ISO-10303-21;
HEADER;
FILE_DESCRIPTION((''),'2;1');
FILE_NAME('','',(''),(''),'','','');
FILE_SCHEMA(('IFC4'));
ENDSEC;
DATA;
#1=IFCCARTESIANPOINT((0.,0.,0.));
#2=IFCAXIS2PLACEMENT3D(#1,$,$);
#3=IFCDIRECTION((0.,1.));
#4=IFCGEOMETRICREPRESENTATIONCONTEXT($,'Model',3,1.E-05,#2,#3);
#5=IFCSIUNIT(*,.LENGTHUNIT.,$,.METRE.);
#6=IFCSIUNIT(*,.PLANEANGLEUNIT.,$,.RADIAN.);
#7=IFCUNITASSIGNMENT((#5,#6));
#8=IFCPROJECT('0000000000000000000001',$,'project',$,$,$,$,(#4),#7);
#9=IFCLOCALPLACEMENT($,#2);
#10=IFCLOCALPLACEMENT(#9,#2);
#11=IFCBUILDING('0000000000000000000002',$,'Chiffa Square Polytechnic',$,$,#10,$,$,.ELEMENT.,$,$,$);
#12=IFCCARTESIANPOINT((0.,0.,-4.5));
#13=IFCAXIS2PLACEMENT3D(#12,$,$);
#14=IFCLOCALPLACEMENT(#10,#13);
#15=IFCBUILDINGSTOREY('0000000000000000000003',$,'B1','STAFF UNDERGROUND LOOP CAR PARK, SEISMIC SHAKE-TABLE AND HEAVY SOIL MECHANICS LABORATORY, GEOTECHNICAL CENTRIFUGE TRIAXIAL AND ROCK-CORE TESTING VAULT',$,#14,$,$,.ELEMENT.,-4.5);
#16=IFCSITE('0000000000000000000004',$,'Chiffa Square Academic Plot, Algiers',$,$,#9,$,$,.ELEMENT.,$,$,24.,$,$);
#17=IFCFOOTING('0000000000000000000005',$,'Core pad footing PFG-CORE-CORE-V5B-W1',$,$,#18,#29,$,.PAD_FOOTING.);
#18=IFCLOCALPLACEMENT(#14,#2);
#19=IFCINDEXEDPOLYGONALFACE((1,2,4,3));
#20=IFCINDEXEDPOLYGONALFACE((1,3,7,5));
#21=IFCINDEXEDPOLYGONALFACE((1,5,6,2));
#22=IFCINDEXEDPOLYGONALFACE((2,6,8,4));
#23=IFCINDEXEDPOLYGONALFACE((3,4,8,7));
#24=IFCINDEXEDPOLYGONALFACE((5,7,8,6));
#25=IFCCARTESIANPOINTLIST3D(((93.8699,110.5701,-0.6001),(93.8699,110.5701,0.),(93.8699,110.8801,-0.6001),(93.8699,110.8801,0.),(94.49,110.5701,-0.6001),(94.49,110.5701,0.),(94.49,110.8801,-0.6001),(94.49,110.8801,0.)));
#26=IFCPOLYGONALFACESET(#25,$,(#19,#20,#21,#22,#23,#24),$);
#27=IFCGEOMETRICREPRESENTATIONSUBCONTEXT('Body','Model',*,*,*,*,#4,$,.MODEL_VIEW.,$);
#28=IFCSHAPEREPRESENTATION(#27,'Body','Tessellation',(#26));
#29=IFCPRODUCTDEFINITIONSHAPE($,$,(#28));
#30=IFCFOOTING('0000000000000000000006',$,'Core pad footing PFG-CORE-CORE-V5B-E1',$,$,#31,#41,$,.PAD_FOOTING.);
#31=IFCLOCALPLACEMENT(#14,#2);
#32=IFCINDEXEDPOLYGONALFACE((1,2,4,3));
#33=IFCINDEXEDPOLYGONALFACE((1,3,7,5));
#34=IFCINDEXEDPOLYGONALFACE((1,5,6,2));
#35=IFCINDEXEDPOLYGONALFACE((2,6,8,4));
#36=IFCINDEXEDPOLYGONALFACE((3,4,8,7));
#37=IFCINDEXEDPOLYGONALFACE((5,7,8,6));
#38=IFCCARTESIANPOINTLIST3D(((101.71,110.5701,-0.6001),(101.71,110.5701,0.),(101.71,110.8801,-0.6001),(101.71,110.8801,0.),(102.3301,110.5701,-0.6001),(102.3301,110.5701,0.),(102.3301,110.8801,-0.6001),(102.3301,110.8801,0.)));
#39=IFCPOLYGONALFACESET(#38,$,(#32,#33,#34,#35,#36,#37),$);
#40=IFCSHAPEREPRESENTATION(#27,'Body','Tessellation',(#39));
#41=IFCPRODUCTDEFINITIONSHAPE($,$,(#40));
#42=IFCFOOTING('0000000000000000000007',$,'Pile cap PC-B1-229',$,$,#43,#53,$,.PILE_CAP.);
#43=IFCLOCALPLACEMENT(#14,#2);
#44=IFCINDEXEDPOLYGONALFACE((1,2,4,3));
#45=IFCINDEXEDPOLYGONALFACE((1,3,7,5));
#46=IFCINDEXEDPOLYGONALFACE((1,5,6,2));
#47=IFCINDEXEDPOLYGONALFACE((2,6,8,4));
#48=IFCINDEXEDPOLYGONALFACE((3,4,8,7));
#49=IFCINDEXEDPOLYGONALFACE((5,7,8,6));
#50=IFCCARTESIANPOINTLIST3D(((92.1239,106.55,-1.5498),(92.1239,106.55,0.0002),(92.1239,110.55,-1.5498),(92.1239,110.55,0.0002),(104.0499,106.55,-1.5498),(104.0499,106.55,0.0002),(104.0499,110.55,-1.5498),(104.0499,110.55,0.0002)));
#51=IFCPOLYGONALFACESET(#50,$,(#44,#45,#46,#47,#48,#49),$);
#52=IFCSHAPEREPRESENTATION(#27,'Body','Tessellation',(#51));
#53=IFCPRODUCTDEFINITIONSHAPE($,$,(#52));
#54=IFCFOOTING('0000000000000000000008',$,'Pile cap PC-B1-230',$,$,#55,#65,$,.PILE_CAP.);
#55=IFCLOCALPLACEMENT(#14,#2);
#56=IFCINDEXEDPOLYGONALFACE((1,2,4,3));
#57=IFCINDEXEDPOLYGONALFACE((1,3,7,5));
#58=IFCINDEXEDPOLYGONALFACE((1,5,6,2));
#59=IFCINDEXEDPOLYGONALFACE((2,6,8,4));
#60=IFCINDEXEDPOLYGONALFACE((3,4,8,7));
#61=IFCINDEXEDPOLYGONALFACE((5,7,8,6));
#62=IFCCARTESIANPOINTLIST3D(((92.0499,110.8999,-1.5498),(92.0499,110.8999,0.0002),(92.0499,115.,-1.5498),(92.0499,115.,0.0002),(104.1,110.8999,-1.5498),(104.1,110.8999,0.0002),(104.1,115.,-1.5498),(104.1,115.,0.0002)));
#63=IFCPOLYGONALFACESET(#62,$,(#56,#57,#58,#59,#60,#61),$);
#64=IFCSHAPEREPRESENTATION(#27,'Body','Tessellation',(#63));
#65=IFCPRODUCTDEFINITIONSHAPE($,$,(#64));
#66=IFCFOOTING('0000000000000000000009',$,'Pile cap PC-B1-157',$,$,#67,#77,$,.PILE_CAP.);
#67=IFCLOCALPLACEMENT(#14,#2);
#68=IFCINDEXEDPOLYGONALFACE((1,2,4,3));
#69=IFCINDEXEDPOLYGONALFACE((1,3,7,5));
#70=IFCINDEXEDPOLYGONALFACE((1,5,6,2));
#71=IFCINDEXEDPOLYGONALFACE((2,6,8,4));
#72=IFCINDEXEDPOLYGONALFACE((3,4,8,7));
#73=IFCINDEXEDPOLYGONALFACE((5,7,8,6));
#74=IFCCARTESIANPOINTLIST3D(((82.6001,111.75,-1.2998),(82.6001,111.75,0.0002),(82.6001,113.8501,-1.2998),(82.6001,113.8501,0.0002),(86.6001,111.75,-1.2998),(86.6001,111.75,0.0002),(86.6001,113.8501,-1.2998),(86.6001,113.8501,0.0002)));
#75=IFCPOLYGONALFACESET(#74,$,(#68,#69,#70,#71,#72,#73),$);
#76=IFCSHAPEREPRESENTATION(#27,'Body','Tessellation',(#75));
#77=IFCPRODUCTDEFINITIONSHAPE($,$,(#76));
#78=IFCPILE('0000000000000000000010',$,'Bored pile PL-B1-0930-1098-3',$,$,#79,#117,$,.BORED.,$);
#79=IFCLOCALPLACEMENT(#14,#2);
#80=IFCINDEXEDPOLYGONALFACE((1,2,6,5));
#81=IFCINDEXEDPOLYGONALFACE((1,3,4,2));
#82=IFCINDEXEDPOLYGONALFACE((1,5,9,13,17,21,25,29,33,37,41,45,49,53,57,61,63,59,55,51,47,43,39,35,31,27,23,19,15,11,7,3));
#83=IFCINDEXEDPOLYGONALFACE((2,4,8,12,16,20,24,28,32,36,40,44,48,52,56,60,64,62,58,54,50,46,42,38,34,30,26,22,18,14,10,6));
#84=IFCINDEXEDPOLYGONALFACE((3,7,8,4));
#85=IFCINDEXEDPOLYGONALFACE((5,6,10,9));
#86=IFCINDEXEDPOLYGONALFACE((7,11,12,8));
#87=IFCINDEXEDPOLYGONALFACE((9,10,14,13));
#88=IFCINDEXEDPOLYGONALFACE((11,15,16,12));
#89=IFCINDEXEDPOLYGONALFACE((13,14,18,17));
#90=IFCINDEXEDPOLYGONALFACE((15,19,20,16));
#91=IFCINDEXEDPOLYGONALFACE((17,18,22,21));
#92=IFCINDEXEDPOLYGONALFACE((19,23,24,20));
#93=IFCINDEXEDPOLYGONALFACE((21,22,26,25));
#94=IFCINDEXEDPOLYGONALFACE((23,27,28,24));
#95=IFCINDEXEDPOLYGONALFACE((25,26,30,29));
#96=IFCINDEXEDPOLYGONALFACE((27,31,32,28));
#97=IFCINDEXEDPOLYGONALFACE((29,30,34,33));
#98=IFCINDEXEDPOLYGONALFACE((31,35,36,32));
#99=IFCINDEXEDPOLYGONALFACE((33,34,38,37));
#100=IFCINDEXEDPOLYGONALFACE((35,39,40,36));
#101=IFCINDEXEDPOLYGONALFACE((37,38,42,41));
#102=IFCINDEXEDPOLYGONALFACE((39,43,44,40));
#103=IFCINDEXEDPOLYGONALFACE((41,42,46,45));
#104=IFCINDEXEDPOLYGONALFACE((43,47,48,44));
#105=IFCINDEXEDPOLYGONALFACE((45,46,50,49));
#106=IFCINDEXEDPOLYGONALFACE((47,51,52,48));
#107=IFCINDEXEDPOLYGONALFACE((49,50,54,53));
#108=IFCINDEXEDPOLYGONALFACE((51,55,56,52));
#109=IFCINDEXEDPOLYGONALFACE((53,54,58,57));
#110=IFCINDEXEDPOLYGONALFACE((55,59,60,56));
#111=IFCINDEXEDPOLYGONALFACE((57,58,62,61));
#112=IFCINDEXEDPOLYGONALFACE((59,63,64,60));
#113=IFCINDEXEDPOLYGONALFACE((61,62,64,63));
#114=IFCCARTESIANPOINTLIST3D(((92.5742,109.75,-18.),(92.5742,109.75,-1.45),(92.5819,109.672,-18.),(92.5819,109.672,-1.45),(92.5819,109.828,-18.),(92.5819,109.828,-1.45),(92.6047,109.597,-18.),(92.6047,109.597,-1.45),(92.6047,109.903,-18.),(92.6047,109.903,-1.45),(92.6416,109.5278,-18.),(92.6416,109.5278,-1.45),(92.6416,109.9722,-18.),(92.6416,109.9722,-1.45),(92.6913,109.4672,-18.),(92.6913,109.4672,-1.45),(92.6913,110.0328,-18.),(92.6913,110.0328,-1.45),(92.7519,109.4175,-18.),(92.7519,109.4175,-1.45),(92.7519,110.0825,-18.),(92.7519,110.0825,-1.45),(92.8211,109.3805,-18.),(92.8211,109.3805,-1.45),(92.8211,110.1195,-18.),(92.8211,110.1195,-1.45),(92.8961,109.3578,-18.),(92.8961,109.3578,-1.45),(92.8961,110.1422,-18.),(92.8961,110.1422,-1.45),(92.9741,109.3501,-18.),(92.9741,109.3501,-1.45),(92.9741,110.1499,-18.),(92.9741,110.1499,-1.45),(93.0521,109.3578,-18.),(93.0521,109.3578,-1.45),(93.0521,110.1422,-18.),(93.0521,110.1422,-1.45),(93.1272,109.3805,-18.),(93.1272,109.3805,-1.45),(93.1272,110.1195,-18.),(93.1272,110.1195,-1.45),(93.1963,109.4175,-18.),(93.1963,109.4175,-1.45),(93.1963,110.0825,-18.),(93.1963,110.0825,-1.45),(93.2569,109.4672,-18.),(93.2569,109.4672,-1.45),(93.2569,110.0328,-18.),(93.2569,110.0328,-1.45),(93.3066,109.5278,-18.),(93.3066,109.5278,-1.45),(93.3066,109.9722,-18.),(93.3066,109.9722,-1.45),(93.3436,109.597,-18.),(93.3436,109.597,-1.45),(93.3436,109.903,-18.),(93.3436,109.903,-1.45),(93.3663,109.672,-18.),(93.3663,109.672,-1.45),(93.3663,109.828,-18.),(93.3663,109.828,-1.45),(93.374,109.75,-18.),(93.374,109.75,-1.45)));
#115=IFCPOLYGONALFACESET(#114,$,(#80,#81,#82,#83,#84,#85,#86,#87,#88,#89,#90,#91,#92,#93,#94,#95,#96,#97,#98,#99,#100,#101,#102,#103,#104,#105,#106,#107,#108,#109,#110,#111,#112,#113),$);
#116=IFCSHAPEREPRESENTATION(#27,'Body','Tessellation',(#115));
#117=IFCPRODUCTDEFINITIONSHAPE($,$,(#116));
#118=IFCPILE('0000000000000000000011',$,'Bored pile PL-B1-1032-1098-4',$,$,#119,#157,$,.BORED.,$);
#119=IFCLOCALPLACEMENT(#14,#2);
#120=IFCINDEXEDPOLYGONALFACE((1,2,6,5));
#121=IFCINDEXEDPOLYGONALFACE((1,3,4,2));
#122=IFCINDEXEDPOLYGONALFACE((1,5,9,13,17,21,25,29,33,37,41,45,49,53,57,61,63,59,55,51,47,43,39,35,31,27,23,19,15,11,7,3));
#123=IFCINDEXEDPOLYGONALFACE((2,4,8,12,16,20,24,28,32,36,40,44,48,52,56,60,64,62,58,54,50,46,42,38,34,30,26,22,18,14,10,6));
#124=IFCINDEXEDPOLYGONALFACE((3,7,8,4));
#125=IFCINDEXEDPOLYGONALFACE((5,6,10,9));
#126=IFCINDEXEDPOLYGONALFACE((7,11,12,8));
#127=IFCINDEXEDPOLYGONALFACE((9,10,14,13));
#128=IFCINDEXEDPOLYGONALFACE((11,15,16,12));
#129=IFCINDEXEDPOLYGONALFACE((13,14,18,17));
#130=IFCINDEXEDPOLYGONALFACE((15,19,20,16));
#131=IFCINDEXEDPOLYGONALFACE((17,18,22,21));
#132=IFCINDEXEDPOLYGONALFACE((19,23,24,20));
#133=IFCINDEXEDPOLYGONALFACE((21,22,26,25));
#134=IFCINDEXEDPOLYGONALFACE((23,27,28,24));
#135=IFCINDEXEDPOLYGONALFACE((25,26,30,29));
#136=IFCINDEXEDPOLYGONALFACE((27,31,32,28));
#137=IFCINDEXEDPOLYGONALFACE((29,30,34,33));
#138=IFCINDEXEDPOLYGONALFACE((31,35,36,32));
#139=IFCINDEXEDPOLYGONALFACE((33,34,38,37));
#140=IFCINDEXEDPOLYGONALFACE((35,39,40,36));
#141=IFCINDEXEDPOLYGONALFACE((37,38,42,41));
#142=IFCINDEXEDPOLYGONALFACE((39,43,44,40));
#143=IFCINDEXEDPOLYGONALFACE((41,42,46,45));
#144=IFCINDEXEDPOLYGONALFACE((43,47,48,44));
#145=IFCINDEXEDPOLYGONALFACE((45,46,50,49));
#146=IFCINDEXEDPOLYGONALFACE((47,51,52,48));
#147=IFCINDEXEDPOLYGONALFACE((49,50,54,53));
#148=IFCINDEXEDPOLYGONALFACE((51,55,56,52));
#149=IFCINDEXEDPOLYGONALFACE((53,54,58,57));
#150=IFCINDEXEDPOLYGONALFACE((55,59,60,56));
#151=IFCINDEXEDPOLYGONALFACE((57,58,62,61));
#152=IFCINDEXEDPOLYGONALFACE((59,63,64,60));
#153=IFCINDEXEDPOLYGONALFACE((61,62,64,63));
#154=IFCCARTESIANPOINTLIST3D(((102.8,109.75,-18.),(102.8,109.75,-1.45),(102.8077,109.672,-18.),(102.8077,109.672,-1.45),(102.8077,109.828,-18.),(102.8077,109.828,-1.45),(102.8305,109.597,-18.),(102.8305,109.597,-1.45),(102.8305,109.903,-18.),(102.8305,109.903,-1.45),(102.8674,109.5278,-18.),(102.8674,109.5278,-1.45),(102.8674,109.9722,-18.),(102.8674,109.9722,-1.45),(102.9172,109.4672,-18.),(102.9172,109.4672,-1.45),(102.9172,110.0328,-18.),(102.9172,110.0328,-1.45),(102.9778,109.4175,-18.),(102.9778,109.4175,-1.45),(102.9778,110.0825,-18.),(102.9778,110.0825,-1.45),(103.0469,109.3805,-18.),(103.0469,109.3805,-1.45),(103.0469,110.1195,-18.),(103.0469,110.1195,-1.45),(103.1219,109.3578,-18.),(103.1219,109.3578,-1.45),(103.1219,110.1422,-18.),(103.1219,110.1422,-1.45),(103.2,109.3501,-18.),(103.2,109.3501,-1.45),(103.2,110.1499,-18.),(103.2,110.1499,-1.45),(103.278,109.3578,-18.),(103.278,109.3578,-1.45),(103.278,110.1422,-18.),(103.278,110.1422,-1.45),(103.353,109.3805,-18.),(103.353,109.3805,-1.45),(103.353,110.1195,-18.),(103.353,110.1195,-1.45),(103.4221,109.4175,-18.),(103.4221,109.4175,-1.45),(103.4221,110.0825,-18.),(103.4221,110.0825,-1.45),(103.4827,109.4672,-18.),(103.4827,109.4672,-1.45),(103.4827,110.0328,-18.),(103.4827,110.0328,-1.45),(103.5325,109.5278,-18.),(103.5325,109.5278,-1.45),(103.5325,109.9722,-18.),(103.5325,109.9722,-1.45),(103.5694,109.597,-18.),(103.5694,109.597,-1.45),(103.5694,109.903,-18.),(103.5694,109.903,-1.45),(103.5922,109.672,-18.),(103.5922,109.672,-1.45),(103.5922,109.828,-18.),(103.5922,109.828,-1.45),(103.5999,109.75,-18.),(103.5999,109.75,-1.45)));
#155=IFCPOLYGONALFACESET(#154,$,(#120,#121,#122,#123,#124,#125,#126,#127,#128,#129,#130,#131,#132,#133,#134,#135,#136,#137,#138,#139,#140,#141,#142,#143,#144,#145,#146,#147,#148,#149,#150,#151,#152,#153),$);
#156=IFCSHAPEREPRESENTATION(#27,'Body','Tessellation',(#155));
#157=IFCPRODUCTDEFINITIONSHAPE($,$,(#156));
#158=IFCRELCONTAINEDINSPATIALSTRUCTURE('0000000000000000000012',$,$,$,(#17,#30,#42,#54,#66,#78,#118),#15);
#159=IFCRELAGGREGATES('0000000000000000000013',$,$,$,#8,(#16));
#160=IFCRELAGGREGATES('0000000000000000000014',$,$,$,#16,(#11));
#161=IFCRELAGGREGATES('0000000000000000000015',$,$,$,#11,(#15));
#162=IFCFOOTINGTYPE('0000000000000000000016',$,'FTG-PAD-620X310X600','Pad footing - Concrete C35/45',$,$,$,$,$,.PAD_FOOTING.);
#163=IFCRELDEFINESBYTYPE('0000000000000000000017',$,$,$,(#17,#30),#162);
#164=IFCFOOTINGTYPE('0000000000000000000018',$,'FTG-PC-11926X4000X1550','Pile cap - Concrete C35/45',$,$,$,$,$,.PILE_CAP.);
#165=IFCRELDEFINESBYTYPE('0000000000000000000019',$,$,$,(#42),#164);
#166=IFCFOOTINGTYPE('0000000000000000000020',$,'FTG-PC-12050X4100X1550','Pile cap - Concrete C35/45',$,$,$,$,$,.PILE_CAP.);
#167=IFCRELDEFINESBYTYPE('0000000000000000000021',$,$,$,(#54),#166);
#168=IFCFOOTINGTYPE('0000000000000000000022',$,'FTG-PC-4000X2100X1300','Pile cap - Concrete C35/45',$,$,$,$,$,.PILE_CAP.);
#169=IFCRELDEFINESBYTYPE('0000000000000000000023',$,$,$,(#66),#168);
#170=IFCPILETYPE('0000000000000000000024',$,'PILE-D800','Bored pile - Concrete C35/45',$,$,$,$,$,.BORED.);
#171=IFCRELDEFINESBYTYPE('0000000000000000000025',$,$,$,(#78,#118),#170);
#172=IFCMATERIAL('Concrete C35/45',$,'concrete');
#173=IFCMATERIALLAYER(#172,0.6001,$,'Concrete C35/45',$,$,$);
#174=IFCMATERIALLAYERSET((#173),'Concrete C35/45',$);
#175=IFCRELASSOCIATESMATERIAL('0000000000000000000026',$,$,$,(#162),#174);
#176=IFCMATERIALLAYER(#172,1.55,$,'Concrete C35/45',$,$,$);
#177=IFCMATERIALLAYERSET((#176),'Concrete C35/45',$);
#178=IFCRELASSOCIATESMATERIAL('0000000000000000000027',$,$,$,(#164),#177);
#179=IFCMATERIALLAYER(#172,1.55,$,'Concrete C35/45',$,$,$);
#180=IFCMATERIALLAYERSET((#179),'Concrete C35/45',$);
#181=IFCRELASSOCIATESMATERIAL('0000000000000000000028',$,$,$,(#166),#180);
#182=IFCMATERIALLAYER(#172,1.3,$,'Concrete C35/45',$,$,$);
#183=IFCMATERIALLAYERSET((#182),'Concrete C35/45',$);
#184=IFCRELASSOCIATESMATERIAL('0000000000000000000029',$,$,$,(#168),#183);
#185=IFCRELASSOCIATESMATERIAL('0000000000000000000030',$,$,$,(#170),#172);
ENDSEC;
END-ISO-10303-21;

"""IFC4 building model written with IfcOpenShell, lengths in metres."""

from ifc_helpers import new_model, si_unit, direction, frame, origin, origin_2d, place, context, subcontext, project, spatial, rectangle, circle, extrude, material, layer, layer_set, material_profile, profile_set, type_object, element, save


model = new_model("IFC4")

# Units and contexts
model_context = context("Model", 3, precision=1e-05, world=origin(), true_north=direction((0.0, 1.0)))
body_context = subcontext(model_context, "Body", "Model", "MODEL_VIEW")
ifc_project = project(units=[si_unit("LENGTHUNIT", "METRE"), si_unit("PLANEANGLEUNIT", "RADIAN")], contexts=[model_context])

# Site, building, storey
site_placement = place(None, origin())
site = spatial("IfcSite", under=ifc_project, at=site_placement, Name="Chiffa Square Academic Plot, Algiers", CompositionType="ELEMENT", RefElevation=24.0)
building_placement = place(site_placement, origin())
building = spatial("IfcBuilding", under=site, at=building_placement, Name="Chiffa Square Polytechnic", CompositionType="ELEMENT")
storey_placement = place(building_placement, frame((0.0, 0.0, -4.5)))
storey = spatial("IfcBuildingStorey", under=building, at=storey_placement, Name="B1", Description="STAFF UNDERGROUND LOOP CAR PARK, SEISMIC SHAKE-TABLE AND HEAVY SOIL MECHANICS LABORATORY, GEOTECHNICAL CENTRIFUGE TRIAXIAL AND ROCK-CORE TESTING VAULT", CompositionType="ELEMENT", Elevation=-4.5)

# Footings
ifc_material_1 = material(Name="Concrete C35/45", Category="concrete")
ifc_layer_1 = layer(ifc_material_1, 0.6001, Name="Concrete C35/45")
ifc_layer_set_1 = layer_set([ifc_layer_1], Name="Concrete C35/45")
footing_type_1 = type_object("IfcFootingType", Name="FTG-PAD-620X310X600", Description="Pad footing - Concrete C35/45", PredefinedType="PAD_FOOTING", material=ifc_layer_set_1)
for number, where, z_axis, x_axis, name in (
    (1, (94.1799, 110.7251, -0.6001), (0.0, 0.0, 1.0), (1.0, 0.0, 0.0), "Core pad footing PFG-CORE-CORE-V5B-W1"),
    (2, (102.02, 110.7251, -0.6001), (0.0, 0.0, 1.0), (1.0, 0.0, 0.0), "Core pad footing PFG-CORE-CORE-V5B-E1"),
):
    element("IfcFooting", number, at=place(storey_placement, frame(where, z_axis=z_axis, x_axis=x_axis)), inside=storey, type_object=footing_type_1, Name=name, PredefinedType="PAD_FOOTING", context=body_context, shape_type="SweptSolid", body=[
        extrude(rectangle(XDim=0.6201, YDim=0.3101, at=origin_2d()), origin(), (0.0, 0.0, 1.0), 0.6001),
    ])
ifc_layer_2 = layer(ifc_material_1, 1.55, Name="Concrete C35/45")
ifc_layer_set_2 = layer_set([ifc_layer_2], Name="Concrete C35/45")
footing_type_2 = type_object("IfcFootingType", Name="FTG-PC-11926X4000X1550", Description="Pile cap - Concrete C35/45", PredefinedType="PILE_CAP", material=ifc_layer_set_2)
footing_1_placement = place(storey_placement, frame((98.0869, 108.55, -1.5498), z_axis=(0.0, 0.0, 1.0), x_axis=(1.0, 0.0, 0.0)))
element("IfcFooting", 3, at=footing_1_placement, inside=storey, type_object=footing_type_2, Name="Pile cap PC-B1-229", PredefinedType="PILE_CAP", context=body_context, shape_type="SweptSolid", body=[
    extrude(rectangle(XDim=11.926, YDim=4.0, at=origin_2d()), origin(), (0.0, 0.0, 1.0), 1.55),
])
ifc_layer_3 = layer(ifc_material_1, 1.55, Name="Concrete C35/45")
ifc_layer_set_3 = layer_set([ifc_layer_3], Name="Concrete C35/45")
footing_type_3 = type_object("IfcFootingType", Name="FTG-PC-12050X4100X1550", Description="Pile cap - Concrete C35/45", PredefinedType="PILE_CAP", material=ifc_layer_set_3)
footing_2_placement = place(storey_placement, frame((98.075, 112.95, -1.5498), z_axis=(0.0, 0.0, 1.0), x_axis=(1.0, 0.0, 0.0)))
element("IfcFooting", 4, at=footing_2_placement, inside=storey, type_object=footing_type_3, Name="Pile cap PC-B1-230", PredefinedType="PILE_CAP", context=body_context, shape_type="SweptSolid", body=[
    extrude(rectangle(XDim=12.05, YDim=4.1001, at=origin_2d()), origin(), (0.0, 0.0, 1.0), 1.55),
])
ifc_layer_4 = layer(ifc_material_1, 1.3, Name="Concrete C35/45")
ifc_layer_set_4 = layer_set([ifc_layer_4], Name="Concrete C35/45")
footing_type_4 = type_object("IfcFootingType", Name="FTG-PC-4000X2100X1300", Description="Pile cap - Concrete C35/45", PredefinedType="PILE_CAP", material=ifc_layer_set_4)
footing_3_placement = place(storey_placement, frame((84.6001, 112.8, -1.2998), z_axis=(0.0, 0.0, 1.0), x_axis=(1.0, 0.0, 0.0)))
element("IfcFooting", 5, at=footing_3_placement, inside=storey, type_object=footing_type_4, Name="Pile cap PC-B1-157", PredefinedType="PILE_CAP", context=body_context, shape_type="SweptSolid", body=[
    extrude(rectangle(XDim=4.0, YDim=2.1001, at=origin_2d()), origin(), (0.0, 0.0, 1.0), 1.3),
])

# Piles
ifc_material_profile_1 = material_profile(ifc_material_1, circle(Radius=0.3999, at=origin_2d()), Name="PILE D800")
ifc_profile_set_1 = profile_set([ifc_material_profile_1], Name="Concrete C35/45")
pile_type_1 = type_object("IfcPileType", Name="PILE-D800", Description="Bored pile - Concrete C35/45", PredefinedType="BORED", material=ifc_profile_set_1)
for number, where, z_axis, x_axis, name in (
    (6, (92.9741, 109.75, -1.45), (0.0, 0.0, -1.0), (1.0, 0.0, 0.0), "Bored pile PL-B1-0930-1098-3"),
    (7, (103.2, 109.75, -1.45), (0.0, 0.0, -1.0), (1.0, 0.0, 0.0), "Bored pile PL-B1-1032-1098-4"),
):
    element("IfcPile", number, at=place(storey_placement, frame(where, z_axis=z_axis, x_axis=x_axis)), inside=storey, type_object=pile_type_1, Name=name, PredefinedType="BORED", context=body_context, shape_type="SweptSolid", body=[
        extrude(circle(Radius=0.3999, at=origin_2d()), origin(), (0.0, 0.0, 1.0), 16.55),
    ])

save(model, "model.ifc")
